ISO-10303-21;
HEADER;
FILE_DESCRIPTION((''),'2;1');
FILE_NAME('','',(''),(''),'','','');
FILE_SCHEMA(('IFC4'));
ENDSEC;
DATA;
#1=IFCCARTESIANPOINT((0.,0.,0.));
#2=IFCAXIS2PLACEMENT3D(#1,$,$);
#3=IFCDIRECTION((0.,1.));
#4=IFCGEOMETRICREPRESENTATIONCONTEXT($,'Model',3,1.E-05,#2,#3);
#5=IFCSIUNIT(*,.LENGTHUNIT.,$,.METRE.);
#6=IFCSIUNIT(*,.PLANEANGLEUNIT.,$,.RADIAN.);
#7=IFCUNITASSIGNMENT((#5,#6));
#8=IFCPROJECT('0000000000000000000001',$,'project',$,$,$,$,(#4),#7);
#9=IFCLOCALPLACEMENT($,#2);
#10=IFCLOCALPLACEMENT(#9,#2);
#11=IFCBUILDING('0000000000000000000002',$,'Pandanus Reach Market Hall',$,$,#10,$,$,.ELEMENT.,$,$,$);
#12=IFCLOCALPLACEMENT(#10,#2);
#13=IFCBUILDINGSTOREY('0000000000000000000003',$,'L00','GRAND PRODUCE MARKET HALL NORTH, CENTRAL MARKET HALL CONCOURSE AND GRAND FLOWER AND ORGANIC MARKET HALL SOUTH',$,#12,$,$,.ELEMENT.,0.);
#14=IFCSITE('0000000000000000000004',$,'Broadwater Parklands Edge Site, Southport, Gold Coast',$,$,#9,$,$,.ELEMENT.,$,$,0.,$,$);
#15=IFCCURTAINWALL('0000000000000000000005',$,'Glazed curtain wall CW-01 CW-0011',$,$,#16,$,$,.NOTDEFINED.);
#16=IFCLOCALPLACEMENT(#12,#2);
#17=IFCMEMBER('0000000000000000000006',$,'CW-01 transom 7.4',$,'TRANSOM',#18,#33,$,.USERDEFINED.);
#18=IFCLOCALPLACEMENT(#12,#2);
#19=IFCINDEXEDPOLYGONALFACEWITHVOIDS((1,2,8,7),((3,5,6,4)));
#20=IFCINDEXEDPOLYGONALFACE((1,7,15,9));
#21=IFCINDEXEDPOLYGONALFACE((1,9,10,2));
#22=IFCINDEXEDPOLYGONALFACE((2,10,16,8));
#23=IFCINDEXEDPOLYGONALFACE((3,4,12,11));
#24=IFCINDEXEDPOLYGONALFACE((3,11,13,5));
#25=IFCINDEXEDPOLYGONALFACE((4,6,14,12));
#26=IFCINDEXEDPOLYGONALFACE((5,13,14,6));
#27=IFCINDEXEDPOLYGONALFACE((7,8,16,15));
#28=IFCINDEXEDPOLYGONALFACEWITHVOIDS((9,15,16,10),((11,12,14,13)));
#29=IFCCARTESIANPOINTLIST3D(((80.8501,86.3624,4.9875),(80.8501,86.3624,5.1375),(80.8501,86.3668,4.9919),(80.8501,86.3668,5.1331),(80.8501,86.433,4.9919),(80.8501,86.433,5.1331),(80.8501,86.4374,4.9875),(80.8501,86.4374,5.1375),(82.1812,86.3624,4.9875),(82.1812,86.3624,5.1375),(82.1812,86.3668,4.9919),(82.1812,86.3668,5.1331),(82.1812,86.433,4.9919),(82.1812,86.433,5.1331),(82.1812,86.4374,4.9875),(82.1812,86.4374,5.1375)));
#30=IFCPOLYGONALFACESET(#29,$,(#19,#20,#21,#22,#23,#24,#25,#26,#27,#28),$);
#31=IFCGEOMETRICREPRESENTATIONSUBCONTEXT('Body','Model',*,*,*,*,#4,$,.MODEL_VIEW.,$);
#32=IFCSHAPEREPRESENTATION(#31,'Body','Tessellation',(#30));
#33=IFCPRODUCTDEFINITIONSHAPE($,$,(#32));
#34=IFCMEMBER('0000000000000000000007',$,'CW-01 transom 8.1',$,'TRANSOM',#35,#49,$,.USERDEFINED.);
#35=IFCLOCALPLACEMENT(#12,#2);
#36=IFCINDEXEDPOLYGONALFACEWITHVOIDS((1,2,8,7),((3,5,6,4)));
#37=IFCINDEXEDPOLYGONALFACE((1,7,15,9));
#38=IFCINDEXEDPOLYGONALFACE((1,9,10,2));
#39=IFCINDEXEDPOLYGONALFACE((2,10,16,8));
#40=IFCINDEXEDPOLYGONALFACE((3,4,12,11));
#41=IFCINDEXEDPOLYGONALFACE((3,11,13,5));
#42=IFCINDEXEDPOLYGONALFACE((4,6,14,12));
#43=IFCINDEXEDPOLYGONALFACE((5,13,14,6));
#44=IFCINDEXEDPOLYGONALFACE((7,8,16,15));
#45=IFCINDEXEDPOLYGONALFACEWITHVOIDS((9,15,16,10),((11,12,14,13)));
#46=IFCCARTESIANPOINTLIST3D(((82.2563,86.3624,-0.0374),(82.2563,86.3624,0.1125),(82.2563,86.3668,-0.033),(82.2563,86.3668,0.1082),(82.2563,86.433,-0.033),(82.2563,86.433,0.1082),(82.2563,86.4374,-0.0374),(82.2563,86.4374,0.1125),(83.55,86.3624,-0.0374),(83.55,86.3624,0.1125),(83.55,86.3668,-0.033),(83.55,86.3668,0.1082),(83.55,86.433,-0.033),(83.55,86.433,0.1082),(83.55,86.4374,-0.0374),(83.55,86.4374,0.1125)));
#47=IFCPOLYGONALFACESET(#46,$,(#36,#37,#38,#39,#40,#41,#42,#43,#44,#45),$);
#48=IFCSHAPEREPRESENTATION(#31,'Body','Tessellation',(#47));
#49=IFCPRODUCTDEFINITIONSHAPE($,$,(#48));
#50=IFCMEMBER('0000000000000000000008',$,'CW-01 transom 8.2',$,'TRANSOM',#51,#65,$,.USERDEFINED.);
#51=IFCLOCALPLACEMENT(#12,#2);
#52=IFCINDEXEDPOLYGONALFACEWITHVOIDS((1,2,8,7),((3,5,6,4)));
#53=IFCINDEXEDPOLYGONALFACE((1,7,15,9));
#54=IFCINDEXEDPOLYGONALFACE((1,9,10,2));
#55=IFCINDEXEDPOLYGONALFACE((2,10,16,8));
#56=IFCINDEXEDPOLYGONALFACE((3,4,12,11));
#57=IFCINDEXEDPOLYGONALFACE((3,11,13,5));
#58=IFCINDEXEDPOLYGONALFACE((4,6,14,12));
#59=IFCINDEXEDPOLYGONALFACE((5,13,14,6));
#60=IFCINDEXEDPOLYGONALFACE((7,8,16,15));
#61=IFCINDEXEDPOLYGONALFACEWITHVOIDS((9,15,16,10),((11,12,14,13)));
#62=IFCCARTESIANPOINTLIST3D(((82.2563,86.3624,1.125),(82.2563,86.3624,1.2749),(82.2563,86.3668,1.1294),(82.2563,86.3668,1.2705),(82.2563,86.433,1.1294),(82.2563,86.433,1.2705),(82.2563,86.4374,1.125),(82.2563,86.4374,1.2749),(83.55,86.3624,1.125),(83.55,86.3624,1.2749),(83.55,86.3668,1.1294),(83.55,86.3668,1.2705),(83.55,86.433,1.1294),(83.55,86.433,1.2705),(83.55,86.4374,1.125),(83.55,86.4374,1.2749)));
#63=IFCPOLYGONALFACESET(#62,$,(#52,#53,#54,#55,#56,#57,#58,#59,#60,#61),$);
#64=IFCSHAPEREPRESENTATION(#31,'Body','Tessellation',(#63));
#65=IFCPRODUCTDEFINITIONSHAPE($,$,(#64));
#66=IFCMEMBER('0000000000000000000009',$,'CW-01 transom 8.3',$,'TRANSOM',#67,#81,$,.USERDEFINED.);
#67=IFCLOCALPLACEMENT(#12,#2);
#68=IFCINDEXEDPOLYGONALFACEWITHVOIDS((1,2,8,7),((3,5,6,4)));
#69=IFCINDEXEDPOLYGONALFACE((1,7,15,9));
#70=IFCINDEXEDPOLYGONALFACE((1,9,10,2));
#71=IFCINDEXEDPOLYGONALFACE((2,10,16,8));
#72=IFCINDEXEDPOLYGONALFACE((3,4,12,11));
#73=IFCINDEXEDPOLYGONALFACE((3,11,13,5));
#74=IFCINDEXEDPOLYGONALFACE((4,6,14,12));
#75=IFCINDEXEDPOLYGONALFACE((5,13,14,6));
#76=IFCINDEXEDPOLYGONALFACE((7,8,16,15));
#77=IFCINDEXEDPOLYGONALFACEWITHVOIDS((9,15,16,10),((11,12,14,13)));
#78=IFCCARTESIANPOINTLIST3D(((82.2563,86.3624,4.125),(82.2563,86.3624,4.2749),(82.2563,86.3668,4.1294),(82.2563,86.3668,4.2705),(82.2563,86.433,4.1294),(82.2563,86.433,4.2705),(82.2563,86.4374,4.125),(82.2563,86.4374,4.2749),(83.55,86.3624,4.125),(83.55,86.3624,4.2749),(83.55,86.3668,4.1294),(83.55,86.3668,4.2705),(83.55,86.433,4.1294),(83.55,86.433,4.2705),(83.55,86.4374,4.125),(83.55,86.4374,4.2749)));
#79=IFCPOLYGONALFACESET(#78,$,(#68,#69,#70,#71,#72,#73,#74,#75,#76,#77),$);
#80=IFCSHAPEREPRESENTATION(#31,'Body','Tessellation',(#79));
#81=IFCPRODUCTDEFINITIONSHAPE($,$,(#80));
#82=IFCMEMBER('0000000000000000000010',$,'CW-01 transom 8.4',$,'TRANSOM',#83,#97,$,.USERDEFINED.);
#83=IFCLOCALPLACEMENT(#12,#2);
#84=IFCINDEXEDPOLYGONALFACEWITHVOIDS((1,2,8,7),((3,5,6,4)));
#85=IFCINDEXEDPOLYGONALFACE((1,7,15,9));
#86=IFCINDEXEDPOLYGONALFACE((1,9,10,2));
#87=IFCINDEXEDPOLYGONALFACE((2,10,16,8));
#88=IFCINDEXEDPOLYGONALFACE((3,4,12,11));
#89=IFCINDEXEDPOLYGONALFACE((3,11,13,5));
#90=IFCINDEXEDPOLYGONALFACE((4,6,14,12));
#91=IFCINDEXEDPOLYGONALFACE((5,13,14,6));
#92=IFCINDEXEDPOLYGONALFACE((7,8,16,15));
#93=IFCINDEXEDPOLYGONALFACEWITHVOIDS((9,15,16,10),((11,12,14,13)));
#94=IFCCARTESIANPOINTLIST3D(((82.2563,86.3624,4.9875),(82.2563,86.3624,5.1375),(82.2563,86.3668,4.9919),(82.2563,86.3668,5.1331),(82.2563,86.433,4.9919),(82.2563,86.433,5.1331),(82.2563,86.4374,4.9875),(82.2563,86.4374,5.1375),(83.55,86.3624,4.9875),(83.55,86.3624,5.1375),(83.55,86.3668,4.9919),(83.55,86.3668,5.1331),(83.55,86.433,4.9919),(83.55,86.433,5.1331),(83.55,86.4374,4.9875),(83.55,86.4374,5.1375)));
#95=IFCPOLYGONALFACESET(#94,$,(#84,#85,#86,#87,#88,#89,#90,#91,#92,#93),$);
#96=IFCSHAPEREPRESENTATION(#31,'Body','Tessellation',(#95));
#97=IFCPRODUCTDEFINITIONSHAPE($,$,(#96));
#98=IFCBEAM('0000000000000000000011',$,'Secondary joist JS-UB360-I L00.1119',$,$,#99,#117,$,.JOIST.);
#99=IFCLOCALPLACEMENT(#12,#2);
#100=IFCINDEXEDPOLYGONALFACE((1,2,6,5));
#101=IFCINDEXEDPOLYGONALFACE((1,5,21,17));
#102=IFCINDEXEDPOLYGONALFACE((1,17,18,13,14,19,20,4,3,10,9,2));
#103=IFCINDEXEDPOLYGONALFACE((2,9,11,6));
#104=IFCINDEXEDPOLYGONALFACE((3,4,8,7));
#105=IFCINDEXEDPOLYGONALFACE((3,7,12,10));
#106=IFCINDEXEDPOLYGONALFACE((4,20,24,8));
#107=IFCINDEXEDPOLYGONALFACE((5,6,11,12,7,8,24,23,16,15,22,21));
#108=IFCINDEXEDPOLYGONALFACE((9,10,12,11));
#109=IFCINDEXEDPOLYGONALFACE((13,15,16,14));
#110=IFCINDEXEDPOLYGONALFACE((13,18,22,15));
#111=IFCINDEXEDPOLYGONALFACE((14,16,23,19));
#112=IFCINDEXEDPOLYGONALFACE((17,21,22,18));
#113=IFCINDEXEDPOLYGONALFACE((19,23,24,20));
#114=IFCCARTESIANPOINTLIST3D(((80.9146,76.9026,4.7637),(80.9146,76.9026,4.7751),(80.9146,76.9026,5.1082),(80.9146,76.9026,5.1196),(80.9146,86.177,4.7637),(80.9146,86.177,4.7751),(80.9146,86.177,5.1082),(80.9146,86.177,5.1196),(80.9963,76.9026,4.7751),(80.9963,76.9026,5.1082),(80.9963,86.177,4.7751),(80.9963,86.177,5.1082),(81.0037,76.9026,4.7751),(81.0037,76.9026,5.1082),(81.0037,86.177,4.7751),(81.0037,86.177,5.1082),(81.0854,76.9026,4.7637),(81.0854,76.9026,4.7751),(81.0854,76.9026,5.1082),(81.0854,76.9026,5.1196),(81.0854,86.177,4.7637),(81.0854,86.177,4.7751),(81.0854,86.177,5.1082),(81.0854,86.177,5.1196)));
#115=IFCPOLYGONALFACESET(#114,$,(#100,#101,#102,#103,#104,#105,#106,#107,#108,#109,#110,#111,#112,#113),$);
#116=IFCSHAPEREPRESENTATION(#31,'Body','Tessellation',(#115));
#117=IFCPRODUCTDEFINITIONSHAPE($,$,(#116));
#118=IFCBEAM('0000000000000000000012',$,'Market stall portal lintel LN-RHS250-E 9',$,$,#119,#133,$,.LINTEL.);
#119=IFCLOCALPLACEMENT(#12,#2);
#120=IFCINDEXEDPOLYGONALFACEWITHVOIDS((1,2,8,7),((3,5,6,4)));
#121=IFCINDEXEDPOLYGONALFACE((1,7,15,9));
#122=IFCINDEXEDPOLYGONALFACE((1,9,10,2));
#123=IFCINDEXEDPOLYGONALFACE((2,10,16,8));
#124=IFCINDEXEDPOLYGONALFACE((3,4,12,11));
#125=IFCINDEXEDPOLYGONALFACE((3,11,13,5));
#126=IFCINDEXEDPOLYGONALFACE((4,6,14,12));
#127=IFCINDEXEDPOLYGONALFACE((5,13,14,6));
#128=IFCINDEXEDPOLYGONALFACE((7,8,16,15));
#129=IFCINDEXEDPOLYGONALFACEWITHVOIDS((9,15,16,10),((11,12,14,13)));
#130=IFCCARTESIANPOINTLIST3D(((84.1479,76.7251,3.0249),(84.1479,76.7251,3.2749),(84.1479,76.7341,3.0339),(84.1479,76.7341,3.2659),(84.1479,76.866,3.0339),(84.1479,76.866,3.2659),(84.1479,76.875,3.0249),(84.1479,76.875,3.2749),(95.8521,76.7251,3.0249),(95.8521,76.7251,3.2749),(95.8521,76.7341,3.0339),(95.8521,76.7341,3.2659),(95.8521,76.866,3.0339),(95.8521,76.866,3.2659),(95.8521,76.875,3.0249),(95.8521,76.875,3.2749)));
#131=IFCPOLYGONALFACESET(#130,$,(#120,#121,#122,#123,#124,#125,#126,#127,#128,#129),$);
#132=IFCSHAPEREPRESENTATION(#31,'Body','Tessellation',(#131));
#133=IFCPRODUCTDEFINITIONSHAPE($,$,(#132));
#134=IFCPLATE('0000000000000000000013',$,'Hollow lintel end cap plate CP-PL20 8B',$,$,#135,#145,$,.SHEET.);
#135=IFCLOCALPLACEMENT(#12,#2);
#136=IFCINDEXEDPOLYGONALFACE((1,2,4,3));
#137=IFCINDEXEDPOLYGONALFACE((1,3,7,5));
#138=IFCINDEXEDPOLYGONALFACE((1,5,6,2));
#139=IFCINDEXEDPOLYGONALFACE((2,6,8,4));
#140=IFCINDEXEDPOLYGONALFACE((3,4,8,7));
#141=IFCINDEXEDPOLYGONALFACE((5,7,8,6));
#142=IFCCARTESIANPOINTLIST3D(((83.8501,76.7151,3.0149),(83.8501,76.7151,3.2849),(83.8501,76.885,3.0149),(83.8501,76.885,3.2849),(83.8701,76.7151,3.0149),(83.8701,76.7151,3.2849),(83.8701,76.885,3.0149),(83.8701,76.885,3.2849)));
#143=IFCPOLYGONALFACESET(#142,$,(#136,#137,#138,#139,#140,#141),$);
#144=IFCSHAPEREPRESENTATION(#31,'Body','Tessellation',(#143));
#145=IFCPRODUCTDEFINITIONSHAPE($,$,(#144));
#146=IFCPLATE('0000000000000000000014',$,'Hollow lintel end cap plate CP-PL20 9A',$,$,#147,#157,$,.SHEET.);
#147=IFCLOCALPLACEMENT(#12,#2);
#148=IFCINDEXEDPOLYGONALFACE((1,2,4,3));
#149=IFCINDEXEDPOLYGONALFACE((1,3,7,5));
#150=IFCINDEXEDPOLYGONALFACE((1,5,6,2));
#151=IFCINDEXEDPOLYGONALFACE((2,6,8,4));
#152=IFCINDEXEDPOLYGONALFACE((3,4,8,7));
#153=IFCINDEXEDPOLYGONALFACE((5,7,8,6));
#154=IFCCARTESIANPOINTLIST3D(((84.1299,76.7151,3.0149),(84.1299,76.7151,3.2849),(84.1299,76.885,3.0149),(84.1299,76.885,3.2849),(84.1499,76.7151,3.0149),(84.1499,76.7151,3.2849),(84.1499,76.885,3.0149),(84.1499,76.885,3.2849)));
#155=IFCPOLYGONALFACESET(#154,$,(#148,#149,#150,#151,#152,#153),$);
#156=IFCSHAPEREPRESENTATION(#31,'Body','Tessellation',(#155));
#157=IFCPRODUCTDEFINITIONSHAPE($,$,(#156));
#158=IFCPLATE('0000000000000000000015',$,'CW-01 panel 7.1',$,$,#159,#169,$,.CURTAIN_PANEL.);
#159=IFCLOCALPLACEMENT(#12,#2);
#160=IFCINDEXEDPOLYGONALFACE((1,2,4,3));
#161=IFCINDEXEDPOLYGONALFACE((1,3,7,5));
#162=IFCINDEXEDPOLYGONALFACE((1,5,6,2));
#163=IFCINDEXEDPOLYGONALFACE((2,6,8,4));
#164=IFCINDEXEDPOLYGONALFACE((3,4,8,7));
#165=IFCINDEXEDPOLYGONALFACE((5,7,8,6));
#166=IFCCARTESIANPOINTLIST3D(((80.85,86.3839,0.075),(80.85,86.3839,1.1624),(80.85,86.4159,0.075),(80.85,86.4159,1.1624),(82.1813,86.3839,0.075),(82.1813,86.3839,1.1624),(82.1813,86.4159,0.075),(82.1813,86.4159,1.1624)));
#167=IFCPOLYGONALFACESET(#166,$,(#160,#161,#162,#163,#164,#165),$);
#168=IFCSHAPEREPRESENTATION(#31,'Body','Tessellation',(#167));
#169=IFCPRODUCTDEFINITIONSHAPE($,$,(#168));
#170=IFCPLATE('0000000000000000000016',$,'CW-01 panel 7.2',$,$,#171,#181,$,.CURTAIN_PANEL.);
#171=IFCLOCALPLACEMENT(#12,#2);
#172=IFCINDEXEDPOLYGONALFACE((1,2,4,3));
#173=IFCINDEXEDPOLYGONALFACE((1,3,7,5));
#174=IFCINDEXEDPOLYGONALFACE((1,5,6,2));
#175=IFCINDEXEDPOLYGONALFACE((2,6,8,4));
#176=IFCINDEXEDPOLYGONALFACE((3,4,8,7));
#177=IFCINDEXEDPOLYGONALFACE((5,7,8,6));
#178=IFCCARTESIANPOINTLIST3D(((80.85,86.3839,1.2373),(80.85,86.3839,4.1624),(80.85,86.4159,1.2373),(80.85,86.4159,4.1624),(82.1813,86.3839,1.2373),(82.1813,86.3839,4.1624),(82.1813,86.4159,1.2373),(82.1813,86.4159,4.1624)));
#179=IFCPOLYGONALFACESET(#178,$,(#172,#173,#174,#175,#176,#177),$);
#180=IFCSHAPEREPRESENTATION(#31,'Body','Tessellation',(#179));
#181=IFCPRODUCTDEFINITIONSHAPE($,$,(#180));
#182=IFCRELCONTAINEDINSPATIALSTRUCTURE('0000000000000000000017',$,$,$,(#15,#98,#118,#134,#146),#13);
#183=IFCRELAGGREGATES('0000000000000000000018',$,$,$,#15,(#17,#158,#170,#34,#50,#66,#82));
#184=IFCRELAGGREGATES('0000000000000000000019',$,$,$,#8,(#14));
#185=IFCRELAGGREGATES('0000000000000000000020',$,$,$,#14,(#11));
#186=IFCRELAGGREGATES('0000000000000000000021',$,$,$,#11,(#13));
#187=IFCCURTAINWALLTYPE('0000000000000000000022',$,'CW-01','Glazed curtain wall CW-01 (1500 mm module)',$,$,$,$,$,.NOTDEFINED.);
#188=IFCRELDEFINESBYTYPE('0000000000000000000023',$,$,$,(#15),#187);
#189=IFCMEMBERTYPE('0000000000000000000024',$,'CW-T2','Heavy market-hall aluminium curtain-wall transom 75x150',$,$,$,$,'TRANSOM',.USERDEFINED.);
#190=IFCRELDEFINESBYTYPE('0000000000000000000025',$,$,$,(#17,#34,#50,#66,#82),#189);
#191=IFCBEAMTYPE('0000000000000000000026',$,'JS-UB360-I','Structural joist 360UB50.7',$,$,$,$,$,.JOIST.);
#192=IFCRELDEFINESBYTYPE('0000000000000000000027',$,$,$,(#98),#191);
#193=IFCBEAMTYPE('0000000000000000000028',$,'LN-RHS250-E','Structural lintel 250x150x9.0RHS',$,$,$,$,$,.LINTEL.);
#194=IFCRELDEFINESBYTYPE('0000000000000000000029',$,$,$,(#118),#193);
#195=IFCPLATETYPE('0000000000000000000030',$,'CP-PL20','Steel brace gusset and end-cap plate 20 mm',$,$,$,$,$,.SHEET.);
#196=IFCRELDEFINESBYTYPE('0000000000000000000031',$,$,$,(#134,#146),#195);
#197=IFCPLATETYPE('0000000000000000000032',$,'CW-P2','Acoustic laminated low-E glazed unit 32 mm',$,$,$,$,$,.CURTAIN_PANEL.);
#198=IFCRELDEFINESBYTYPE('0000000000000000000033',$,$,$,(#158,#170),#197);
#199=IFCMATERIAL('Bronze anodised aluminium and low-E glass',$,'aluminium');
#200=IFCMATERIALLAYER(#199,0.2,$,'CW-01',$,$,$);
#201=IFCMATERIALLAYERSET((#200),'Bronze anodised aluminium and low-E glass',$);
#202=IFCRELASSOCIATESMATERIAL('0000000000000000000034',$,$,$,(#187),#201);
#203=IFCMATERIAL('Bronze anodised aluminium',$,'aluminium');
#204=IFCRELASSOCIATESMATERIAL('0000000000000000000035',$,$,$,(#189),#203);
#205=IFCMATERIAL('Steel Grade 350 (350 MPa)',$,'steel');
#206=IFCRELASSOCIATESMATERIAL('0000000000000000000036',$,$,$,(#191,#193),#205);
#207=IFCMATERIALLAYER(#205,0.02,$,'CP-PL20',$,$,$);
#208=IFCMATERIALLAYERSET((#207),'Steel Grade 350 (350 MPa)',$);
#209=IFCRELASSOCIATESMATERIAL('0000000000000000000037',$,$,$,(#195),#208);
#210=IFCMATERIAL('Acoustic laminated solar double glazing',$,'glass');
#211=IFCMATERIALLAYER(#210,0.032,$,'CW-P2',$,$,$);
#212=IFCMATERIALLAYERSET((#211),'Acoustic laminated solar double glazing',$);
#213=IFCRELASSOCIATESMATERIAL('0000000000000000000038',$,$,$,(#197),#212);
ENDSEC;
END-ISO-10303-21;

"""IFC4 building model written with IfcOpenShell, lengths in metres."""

from ifc_helpers import new_model, si_unit, direction, frame, origin, origin_2d, place, context, subcontext, project, spatial, rectangle, hollow_rectangle, i_section, extrude, material, layer, layer_set, material_profile, profile_set, type_object, element, aggregate, save


model = new_model("IFC4")

# Units and contexts
model_context = context("Model", 3, precision=1e-05, world=origin(), true_north=direction((0.0, 1.0)))
body_context = subcontext(model_context, "Body", "Model", "MODEL_VIEW")
ifc_project = project(units=[si_unit("LENGTHUNIT", "METRE"), si_unit("PLANEANGLEUNIT", "RADIAN")], contexts=[model_context])

# Site, building, storey
site_placement = place(None, origin())
site = spatial("IfcSite", under=ifc_project, at=site_placement, Name="Broadwater Parklands Edge Site, Southport, Gold Coast", CompositionType="ELEMENT", RefElevation=0.0)
building_placement = place(site_placement, origin())
building = spatial("IfcBuilding", under=site, at=building_placement, Name="Pandanus Reach Market Hall", CompositionType="ELEMENT")
storey_placement = place(building_placement, origin())
storey = spatial("IfcBuildingStorey", under=building, at=storey_placement, Name="L00", Description="GRAND PRODUCE MARKET HALL NORTH, CENTRAL MARKET HALL CONCOURSE AND GRAND FLOWER AND ORGANIC MARKET HALL SOUTH", CompositionType="ELEMENT", Elevation=0.0)

# Shared definitions
ifc_material_1 = material(Name="Steel Grade 350 (350 MPa)", Category="steel")

# Curtain wall, members
ifc_material_2 = material(Name="Bronze anodised aluminium and low-E glass", Category="aluminium")
ifc_layer_1 = layer(ifc_material_2, 0.2, Name="CW-01")
ifc_layer_set_1 = layer_set([ifc_layer_1], Name="Bronze anodised aluminium and low-E glass")
curtain_wall_type = type_object("IfcCurtainWallType", Name="CW-01", Description="Glazed curtain wall CW-01 (1500 mm module)", PredefinedType="NOTDEFINED", material=ifc_layer_set_1)
curtain_wall_placement = place(storey_placement, origin())
curtain_wall = element("IfcCurtainWall", 1, at=curtain_wall_placement, inside=storey, type_object=curtain_wall_type, Name="Glazed curtain wall CW-01 CW-0011", PredefinedType="NOTDEFINED")
ifc_material_3 = material(Name="Bronze anodised aluminium", Category="aluminium")
ifc_material_profile_1 = material_profile(ifc_material_3, hollow_rectangle(XDim=0.075, YDim=0.1499, WallThickness=0.0044, at=origin_2d()), Name="ALU75x150", Category="LoadBearing")
ifc_profile_set_1 = profile_set([ifc_material_profile_1], Name="Bronze anodised aluminium")
member_type_1 = type_object("IfcMemberType", Name="CW-T2", Description="Heavy market-hall aluminium curtain-wall transom 75x150", ElementType="TRANSOM", PredefinedType="USERDEFINED", material=ifc_profile_set_1)
member_1_placement = place(storey_placement, frame((80.8501, 86.3999, 5.0625), z_axis=(1.0, 0.0, 0.0), x_axis=(0.0, 1.0, 0.0)))
member_1 = element("IfcMember", 2, at=member_1_placement, type_object=member_type_1, Name="CW-01 transom 7.4", ObjectType="TRANSOM", PredefinedType="USERDEFINED", context=body_context, shape_type="SweptSolid", body=[
    extrude(hollow_rectangle(XDim=0.075, YDim=0.1499, WallThickness=0.0044, at=origin_2d()), origin(), (0.0, 0.0, 1.0), 1.3311),
])
member_2_placement = place(storey_placement, frame((82.2563, 86.3999, 0.0376), z_axis=(1.0, 0.0, 0.0), x_axis=(0.0, 1.0, 0.0)))
member_2 = element("IfcMember", 3, at=member_2_placement, type_object=member_type_1, Name="CW-01 transom 8.1", ObjectType="TRANSOM", PredefinedType="USERDEFINED", context=body_context, shape_type="SweptSolid", body=[
    extrude(hollow_rectangle(XDim=0.075, YDim=0.1499, WallThickness=0.0044, at=origin_2d()), origin(), (0.0, 0.0, 1.0), 1.2937),
])
member_3_placement = place(storey_placement, frame((82.2563, 86.3999, 1.2), z_axis=(1.0, 0.0, 0.0), x_axis=(0.0, 1.0, 0.0)))
member_3 = element("IfcMember", 4, at=member_3_placement, type_object=member_type_1, Name="CW-01 transom 8.2", ObjectType="TRANSOM", PredefinedType="USERDEFINED", context=body_context, shape_type="SweptSolid", body=[
    extrude(hollow_rectangle(XDim=0.075, YDim=0.1499, WallThickness=0.0044, at=origin_2d()), origin(), (0.0, 0.0, 1.0), 1.2937),
])
member_4_placement = place(storey_placement, frame((82.2563, 86.3999, 4.2), z_axis=(1.0, 0.0, 0.0), x_axis=(0.0, 1.0, 0.0)))
member_4 = element("IfcMember", 5, at=member_4_placement, type_object=member_type_1, Name="CW-01 transom 8.3", ObjectType="TRANSOM", PredefinedType="USERDEFINED", context=body_context, shape_type="SweptSolid", body=[
    extrude(hollow_rectangle(XDim=0.075, YDim=0.1499, WallThickness=0.0044, at=origin_2d()), origin(), (0.0, 0.0, 1.0), 1.2937),
])
member_5_placement = place(storey_placement, frame((82.2563, 86.3999, 5.0625), z_axis=(1.0, 0.0, 0.0), x_axis=(0.0, 1.0, 0.0)))
member_5 = element("IfcMember", 6, at=member_5_placement, type_object=member_type_1, Name="CW-01 transom 8.4", ObjectType="TRANSOM", PredefinedType="USERDEFINED", context=body_context, shape_type="SweptSolid", body=[
    extrude(hollow_rectangle(XDim=0.075, YDim=0.1499, WallThickness=0.0044, at=origin_2d()), origin(), (0.0, 0.0, 1.0), 1.2937),
])

# Beams
ifc_material_profile_2 = material_profile(ifc_material_1, i_section(OverallWidth=0.1709, OverallDepth=0.356, WebThickness=0.0073, FlangeThickness=0.0115, at=origin_2d()), Name="360UB50.7", Category="LoadBearing")
ifc_profile_set_2 = profile_set([ifc_material_profile_2], Name="Steel Grade 350 (350 MPa)")
beam_type_1 = type_object("IfcBeamType", Name="JS-UB360-I", Description="Structural joist 360UB50.7", PredefinedType="JOIST", material=ifc_profile_set_2)
beam_1_placement = place(storey_placement, frame((81.0, 76.9026, 4.9417), z_axis=(0.0, 1.0, 0.0), x_axis=(-1.0, 0.0, 0.0)))
element("IfcBeam", 7, at=beam_1_placement, inside=storey, type_object=beam_type_1, Name="Secondary joist JS-UB360-I L00.1119", PredefinedType="JOIST", context=body_context, shape_type="SweptSolid", body=[
    extrude(i_section(OverallWidth=0.1709, OverallDepth=0.356, WebThickness=0.0073, FlangeThickness=0.0115, at=origin_2d()), origin(), (0.0, 0.0, 1.0), 9.2744),
])
ifc_material_profile_3 = material_profile(ifc_material_1, hollow_rectangle(XDim=0.1499, YDim=0.25, WallThickness=0.009, at=origin_2d()), Name="250x150x9.0RHS", Category="LoadBearing")
ifc_profile_set_3 = profile_set([ifc_material_profile_3], Name="Steel Grade 350 (350 MPa)")
beam_type_2 = type_object("IfcBeamType", Name="LN-RHS250-E", Description="Structural lintel 250x150x9.0RHS", PredefinedType="LINTEL", material=ifc_profile_set_3)
beam_2_placement = place(storey_placement, frame((84.1479, 76.8, 3.1499), z_axis=(1.0, 0.0, 0.0), x_axis=(0.0, 1.0, 0.0)))
element("IfcBeam", 8, at=beam_2_placement, inside=storey, type_object=beam_type_2, Name="Market stall portal lintel LN-RHS250-E 9", PredefinedType="LINTEL", context=body_context, shape_type="SweptSolid", body=[
    extrude(hollow_rectangle(XDim=0.1499, YDim=0.25, WallThickness=0.009, at=origin_2d()), origin(), (0.0, 0.0, 1.0), 11.7041),
])

# Plates
ifc_layer_2 = layer(ifc_material_1, 0.02, Name="CP-PL20")
ifc_layer_set_2 = layer_set([ifc_layer_2], Name="Steel Grade 350 (350 MPa)")
plate_type_1 = type_object("IfcPlateType", Name="CP-PL20", Description="Steel brace gusset and end-cap plate 20 mm", PredefinedType="SHEET", material=ifc_layer_set_2)
for number, where, z_axis, x_axis, name in (
    (9, (83.8601, 76.8, 3.0149), (0.0, 0.0, 1.0), (1.0, 0.0, 0.0), "Hollow lintel end cap plate CP-PL20 8B"),
    (10, (84.1399, 76.8, 3.0149), (0.0, 0.0, 1.0), (1.0, 0.0, 0.0), "Hollow lintel end cap plate CP-PL20 9A"),
):
    element("IfcPlate", number, at=place(storey_placement, frame(where, z_axis=z_axis, x_axis=x_axis)), inside=storey, type_object=plate_type_1, Name=name, PredefinedType="SHEET", context=body_context, shape_type="SweptSolid", body=[
        extrude(rectangle(XDim=0.02, YDim=0.1699, at=origin_2d()), origin(), (0.0, 0.0, 1.0), 0.27),
    ])

# Plates
ifc_material_4 = material(Name="Acoustic laminated solar double glazing", Category="glass")
ifc_layer_3 = layer(ifc_material_4, 0.032, Name="CW-P2")
ifc_layer_set_3 = layer_set([ifc_layer_3], Name="Acoustic laminated solar double glazing")
plate_type_2 = type_object("IfcPlateType", Name="CW-P2", Description="Acoustic laminated low-E glazed unit 32 mm", PredefinedType="CURTAIN_PANEL", material=ifc_layer_set_3)
plate_1_placement = place(storey_placement, frame((81.5156, 86.3999, 0.075), z_axis=(0.0, 0.0, 1.0), x_axis=(1.0, 0.0, 0.0)))
plate_1 = element("IfcPlate", 11, at=plate_1_placement, type_object=plate_type_2, Name="CW-01 panel 7.1", PredefinedType="CURTAIN_PANEL", context=body_context, shape_type="SweptSolid", body=[
    extrude(rectangle(XDim=1.3313, YDim=0.032, at=origin_2d()), origin(), (0.0, 0.0, 1.0), 1.0874),
])
plate_2_placement = place(storey_placement, frame((81.5156, 86.3999, 1.2373), z_axis=(0.0, 0.0, 1.0), x_axis=(1.0, 0.0, 0.0)))
plate_2 = element("IfcPlate", 12, at=plate_2_placement, type_object=plate_type_2, Name="CW-01 panel 7.2", PredefinedType="CURTAIN_PANEL", context=body_context, shape_type="SweptSolid", body=[
    extrude(rectangle(XDim=1.3313, YDim=0.032, at=origin_2d()), origin(), (0.0, 0.0, 1.0), 2.925),
])
aggregate(curtain_wall, [member_1, plate_1, plate_2, member_2, member_3, member_4, member_5])

save(model, "model.ifc")
